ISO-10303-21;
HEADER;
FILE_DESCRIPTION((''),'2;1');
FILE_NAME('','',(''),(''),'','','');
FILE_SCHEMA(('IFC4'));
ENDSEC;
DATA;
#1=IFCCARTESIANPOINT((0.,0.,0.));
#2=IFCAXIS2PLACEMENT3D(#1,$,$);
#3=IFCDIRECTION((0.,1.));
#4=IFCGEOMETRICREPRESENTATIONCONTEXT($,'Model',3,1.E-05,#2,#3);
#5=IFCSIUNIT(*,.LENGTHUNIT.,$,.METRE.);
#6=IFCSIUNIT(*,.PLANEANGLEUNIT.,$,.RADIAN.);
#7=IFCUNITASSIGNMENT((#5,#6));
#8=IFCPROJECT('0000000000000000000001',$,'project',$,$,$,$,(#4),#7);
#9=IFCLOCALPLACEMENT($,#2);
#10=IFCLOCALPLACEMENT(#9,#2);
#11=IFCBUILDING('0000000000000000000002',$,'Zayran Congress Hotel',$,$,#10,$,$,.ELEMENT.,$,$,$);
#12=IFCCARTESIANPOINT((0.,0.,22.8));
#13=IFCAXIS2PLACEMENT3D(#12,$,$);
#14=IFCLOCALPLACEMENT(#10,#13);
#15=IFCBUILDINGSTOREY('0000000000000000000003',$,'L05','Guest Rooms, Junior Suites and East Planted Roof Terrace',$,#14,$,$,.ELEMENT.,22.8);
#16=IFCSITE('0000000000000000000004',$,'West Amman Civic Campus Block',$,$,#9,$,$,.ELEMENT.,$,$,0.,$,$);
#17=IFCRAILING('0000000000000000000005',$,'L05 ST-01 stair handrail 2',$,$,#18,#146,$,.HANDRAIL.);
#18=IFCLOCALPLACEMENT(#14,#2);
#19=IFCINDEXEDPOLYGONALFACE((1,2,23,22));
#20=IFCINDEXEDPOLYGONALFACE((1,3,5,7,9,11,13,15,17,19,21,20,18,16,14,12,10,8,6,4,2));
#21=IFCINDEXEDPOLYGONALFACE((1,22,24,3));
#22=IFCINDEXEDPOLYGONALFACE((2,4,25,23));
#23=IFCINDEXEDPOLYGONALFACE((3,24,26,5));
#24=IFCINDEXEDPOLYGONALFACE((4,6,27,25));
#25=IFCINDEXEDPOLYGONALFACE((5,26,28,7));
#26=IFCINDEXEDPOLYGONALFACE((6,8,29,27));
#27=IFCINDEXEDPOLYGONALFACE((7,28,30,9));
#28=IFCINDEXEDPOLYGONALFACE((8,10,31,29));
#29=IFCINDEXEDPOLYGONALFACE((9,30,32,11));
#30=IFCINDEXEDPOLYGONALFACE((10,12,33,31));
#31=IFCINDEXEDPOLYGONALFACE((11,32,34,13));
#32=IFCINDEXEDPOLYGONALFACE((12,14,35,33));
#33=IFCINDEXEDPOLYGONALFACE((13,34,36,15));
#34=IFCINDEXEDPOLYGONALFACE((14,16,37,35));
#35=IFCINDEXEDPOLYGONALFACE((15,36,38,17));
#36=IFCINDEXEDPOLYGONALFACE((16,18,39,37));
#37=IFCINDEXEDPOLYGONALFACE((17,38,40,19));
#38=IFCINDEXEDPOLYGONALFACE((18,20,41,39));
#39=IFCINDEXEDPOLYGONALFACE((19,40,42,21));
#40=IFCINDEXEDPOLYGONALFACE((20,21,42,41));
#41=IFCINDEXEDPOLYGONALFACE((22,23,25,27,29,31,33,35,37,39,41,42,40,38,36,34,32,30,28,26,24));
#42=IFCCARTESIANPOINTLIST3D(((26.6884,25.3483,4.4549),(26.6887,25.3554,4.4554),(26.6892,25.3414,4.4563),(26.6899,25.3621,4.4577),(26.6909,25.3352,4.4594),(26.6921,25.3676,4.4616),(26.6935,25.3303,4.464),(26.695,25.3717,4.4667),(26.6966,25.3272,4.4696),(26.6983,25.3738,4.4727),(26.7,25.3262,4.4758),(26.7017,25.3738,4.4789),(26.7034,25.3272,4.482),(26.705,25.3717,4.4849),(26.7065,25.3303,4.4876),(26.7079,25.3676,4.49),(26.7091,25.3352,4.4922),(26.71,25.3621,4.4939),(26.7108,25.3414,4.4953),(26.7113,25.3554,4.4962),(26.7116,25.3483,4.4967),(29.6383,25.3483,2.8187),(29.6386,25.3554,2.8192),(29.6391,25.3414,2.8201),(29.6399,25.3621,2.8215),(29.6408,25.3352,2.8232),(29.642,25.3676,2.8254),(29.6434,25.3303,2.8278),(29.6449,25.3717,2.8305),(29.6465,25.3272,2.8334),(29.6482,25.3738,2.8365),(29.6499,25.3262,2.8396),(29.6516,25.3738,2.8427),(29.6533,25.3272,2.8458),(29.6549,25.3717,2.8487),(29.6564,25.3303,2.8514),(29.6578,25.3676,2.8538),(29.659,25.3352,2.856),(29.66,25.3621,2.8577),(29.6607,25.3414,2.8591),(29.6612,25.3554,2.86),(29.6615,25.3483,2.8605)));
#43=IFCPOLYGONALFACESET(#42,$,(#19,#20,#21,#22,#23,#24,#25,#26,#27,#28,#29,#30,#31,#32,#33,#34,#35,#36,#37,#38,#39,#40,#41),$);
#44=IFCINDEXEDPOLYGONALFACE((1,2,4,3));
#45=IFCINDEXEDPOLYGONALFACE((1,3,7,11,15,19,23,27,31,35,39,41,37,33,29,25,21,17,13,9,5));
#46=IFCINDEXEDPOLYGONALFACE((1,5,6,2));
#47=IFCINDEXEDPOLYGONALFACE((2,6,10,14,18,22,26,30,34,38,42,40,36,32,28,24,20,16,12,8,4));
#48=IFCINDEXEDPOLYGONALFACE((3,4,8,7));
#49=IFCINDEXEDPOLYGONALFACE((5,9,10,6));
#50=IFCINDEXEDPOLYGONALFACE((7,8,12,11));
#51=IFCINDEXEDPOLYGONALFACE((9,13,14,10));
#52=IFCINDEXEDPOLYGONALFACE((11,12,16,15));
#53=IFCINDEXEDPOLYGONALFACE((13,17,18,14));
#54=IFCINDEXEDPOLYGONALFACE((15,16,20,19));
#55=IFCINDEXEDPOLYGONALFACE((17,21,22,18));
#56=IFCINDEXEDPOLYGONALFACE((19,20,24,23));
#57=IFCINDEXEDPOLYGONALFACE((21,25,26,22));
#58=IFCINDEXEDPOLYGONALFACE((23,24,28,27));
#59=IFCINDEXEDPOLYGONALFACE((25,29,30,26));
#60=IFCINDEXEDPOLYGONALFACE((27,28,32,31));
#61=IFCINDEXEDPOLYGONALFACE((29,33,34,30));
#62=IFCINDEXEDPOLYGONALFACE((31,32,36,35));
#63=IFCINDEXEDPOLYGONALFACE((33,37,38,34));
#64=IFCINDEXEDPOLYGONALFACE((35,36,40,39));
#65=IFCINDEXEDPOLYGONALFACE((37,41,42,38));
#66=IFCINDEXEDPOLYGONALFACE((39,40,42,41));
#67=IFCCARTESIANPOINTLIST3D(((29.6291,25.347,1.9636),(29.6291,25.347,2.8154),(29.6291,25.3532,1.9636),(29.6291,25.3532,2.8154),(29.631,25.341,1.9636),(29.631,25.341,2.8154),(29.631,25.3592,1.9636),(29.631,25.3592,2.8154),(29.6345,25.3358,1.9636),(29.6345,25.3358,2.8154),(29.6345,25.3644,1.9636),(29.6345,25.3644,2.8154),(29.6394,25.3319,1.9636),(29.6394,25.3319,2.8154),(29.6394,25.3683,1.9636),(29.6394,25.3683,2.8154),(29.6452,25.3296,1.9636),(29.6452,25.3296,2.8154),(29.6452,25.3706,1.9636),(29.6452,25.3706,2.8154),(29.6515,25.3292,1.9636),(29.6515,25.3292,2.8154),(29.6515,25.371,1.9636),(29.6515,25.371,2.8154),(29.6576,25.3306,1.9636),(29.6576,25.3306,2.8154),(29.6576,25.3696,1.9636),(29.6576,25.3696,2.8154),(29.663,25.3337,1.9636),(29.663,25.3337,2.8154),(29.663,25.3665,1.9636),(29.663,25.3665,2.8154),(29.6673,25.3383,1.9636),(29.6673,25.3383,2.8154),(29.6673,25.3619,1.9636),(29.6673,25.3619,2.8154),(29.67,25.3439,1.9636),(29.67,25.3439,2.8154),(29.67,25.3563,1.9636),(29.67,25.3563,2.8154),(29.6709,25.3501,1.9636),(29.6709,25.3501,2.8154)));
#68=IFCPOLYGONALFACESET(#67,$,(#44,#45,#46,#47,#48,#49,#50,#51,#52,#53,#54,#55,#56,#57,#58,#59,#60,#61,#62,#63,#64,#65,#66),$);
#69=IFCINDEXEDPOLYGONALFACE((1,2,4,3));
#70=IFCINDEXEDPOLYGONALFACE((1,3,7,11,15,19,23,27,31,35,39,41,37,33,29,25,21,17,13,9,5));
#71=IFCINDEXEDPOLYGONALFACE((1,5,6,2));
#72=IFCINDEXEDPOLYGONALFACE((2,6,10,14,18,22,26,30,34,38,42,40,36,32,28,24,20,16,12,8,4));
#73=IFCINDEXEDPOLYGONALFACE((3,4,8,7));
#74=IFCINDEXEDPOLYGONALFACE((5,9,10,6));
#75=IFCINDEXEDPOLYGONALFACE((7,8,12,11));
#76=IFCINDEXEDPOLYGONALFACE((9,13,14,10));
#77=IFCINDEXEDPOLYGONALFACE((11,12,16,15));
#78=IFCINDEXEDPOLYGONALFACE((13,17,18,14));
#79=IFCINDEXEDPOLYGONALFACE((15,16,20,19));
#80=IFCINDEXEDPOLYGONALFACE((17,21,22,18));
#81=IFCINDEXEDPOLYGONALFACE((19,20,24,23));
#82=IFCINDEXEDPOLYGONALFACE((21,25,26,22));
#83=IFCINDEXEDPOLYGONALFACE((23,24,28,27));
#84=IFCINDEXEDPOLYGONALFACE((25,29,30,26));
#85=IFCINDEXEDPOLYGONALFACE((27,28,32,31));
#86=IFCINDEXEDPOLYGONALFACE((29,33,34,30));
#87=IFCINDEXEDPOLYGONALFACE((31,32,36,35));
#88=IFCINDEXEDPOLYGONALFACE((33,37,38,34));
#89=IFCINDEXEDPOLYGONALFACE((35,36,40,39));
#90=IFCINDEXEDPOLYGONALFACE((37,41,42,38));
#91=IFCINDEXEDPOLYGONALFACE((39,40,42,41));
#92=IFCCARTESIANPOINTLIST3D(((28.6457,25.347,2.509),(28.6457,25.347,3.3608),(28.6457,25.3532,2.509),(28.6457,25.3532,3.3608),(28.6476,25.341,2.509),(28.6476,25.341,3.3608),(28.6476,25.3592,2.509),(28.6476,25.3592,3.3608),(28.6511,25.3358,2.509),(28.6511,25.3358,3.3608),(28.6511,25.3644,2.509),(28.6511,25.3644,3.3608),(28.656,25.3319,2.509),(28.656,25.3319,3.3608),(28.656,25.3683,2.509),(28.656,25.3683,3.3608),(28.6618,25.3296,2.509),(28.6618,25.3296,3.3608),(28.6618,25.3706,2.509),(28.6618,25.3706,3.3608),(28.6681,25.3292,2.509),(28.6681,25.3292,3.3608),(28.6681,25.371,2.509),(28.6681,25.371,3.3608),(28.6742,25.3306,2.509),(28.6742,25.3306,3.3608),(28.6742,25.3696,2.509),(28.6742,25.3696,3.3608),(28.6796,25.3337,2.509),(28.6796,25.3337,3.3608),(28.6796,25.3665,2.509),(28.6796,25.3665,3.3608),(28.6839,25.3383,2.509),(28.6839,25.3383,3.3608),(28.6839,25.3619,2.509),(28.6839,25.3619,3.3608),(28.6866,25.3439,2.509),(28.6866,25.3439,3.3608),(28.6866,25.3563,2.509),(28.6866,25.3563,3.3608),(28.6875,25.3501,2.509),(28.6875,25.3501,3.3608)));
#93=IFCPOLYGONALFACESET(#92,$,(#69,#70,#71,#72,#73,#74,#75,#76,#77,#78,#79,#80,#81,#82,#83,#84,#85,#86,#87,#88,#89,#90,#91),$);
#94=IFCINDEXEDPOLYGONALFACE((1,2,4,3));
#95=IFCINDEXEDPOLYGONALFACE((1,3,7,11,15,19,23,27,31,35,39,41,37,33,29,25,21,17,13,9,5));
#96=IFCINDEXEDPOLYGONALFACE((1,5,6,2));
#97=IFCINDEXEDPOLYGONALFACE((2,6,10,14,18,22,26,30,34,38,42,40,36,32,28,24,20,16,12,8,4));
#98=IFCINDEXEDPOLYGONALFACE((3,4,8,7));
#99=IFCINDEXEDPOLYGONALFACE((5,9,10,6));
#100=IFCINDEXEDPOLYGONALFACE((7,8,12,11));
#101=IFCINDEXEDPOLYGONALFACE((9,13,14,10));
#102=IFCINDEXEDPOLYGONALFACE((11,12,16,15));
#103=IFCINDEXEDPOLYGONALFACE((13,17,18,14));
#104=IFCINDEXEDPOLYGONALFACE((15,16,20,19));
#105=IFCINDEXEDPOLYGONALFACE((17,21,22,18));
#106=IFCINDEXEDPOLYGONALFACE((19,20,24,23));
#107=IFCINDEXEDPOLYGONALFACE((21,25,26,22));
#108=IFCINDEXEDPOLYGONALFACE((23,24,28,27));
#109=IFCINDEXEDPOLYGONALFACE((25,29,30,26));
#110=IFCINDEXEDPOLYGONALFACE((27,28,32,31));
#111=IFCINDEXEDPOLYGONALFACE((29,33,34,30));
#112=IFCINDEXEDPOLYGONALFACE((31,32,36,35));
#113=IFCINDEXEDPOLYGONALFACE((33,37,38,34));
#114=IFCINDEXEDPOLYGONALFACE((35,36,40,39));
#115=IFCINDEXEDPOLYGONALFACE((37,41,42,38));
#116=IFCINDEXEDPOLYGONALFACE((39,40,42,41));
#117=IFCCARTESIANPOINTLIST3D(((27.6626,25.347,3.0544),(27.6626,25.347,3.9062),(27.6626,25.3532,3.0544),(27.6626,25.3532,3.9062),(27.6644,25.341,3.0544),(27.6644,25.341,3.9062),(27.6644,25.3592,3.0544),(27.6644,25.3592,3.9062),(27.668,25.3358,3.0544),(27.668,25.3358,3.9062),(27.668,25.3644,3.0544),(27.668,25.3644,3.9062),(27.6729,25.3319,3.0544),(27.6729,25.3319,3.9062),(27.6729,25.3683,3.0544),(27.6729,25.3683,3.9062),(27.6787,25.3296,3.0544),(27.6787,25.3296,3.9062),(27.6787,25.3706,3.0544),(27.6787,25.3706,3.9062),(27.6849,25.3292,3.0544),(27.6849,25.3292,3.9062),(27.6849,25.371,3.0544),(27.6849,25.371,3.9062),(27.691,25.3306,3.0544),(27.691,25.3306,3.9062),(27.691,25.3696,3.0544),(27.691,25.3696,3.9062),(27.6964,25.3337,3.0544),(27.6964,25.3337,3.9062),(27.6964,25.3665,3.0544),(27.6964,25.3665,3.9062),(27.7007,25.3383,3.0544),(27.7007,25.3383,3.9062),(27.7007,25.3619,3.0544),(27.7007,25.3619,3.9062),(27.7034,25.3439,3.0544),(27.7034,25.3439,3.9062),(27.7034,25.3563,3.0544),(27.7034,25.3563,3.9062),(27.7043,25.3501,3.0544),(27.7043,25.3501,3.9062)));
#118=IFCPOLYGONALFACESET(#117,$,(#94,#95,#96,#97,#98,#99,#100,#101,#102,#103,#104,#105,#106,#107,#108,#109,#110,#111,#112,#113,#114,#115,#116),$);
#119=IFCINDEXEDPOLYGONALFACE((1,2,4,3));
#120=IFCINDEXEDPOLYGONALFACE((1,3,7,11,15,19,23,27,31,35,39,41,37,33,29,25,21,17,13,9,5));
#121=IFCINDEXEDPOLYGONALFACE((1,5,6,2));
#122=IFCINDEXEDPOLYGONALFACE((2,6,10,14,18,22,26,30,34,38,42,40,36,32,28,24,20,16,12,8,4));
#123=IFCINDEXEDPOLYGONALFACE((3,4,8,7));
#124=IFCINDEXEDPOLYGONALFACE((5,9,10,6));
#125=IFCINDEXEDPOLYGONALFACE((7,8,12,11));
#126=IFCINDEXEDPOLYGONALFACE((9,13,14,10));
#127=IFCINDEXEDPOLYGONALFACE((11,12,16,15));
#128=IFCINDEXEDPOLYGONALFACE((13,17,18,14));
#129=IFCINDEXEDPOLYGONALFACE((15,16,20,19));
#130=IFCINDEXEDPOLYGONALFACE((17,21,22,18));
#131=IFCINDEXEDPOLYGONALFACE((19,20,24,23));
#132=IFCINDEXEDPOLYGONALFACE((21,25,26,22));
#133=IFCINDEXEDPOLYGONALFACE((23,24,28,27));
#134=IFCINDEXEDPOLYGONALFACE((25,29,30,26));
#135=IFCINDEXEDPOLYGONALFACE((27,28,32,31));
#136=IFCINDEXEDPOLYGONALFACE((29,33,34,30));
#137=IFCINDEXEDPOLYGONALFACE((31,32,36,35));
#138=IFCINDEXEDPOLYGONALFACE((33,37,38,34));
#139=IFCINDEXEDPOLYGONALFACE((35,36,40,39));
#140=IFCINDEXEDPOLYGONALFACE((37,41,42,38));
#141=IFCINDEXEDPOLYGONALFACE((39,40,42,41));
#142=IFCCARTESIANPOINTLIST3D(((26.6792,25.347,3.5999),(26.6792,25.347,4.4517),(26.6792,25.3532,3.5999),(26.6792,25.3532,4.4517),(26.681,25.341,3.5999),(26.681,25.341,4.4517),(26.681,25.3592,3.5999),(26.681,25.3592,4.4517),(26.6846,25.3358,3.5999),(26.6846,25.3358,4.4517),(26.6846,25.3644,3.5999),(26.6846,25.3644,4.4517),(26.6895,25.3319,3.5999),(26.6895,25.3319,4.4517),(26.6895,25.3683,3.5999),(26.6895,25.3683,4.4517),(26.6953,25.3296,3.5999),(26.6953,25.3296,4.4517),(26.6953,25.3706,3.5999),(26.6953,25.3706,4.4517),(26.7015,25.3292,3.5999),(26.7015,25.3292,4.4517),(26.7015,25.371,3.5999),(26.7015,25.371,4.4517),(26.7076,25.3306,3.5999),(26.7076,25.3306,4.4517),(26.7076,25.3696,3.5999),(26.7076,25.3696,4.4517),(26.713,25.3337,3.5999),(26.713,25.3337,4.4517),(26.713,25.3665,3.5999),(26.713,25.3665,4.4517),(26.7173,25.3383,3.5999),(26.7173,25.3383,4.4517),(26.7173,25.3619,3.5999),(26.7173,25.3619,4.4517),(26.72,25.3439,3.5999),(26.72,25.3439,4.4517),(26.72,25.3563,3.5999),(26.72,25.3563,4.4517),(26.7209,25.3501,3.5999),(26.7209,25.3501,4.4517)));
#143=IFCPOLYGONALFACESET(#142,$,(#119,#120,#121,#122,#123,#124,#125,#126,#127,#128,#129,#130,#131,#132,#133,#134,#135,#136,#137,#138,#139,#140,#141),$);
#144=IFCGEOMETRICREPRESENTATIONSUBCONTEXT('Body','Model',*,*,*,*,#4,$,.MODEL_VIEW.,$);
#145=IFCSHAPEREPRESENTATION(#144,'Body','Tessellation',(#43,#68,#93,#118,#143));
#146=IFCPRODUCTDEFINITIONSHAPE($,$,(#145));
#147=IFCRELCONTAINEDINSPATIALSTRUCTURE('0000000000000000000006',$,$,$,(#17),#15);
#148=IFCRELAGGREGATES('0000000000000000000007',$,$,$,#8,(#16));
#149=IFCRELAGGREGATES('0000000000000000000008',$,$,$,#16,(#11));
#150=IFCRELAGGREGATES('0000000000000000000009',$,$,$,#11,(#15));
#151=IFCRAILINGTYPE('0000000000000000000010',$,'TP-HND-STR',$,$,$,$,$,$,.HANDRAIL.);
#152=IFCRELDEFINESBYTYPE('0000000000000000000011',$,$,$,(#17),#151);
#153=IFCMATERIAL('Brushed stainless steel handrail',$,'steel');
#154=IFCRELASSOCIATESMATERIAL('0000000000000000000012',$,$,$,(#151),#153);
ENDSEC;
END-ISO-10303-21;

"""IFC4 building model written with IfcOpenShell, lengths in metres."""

from ifc_helpers import new_model, si_unit, direction, frame, origin, origin_2d, place, context, subcontext, project, spatial, circle, extrude, material, type_object, element, save


model = new_model("IFC4")

# Units and contexts
model_context = context("Model", 3, precision=1e-05, world=origin(), true_north=direction((0.0, 1.0)))
body_context = subcontext(model_context, "Body", "Model", "MODEL_VIEW")
ifc_project = project(units=[si_unit("LENGTHUNIT", "METRE"), si_unit("PLANEANGLEUNIT", "RADIAN")], contexts=[model_context])

# Site, building, storey
site_placement = place(None, origin())
site = spatial("IfcSite", under=ifc_project, at=site_placement, Name="West Amman Civic Campus Block", CompositionType="ELEMENT", RefElevation=0.0)
building_placement = place(site_placement, origin())
building = spatial("IfcBuilding", under=site, at=building_placement, Name="Zayran Congress Hotel", CompositionType="ELEMENT")
storey_placement = place(building_placement, frame((0.0, 0.0, 22.8)))
storey = spatial("IfcBuildingStorey", under=building, at=storey_placement, Name="L05", Description="Guest Rooms, Junior Suites and East Planted Roof Terrace", CompositionType="ELEMENT", Elevation=22.8)

# Railing
ifc_material_1 = material(Name="Brushed stainless steel handrail", Category="steel")
railing_type_1 = type_object("IfcRailingType", Name="TP-HND-STR", PredefinedType="HANDRAIL", material=ifc_material_1)
railing_1_placement = place(storey_placement, frame((29.6499, 25.3501, 1.9636)))
element("IfcRailing", 1, at=railing_1_placement, inside=storey, type_object=railing_type_1, Name="L05 ST-01 stair handrail 2", PredefinedType="HANDRAIL", context=body_context, shape_type="SweptSolid", body=[
    extrude(circle(Radius=0.0239, at=origin_2d()), frame((0.0, 0.0, 0.876), z_axis=(-0.874488, 0.0, 0.485047), x_axis=(0.0, -1.0, 0.0)), (0.0, 0.0, 1.0), 3.3733),
    extrude(circle(Radius=0.021, at=origin_2d()), origin(), (0.0, 0.0, 1.0), 0.8518),
    extrude(circle(Radius=0.021, at=origin_2d()), frame((-0.9834, 0.0, 0.5454)), (0.0, 0.0, 1.0), 0.8518),
    extrude(circle(Radius=0.021, at=origin_2d()), frame((-1.9666, 0.0, 1.0908)), (0.0, 0.0, 1.0), 0.8518),
    extrude(circle(Radius=0.021, at=origin_2d()), frame((-2.95, 0.0, 1.6362)), (0.0, 0.0, 1.0), 0.8518),
])

save(model, "model.ifc")
